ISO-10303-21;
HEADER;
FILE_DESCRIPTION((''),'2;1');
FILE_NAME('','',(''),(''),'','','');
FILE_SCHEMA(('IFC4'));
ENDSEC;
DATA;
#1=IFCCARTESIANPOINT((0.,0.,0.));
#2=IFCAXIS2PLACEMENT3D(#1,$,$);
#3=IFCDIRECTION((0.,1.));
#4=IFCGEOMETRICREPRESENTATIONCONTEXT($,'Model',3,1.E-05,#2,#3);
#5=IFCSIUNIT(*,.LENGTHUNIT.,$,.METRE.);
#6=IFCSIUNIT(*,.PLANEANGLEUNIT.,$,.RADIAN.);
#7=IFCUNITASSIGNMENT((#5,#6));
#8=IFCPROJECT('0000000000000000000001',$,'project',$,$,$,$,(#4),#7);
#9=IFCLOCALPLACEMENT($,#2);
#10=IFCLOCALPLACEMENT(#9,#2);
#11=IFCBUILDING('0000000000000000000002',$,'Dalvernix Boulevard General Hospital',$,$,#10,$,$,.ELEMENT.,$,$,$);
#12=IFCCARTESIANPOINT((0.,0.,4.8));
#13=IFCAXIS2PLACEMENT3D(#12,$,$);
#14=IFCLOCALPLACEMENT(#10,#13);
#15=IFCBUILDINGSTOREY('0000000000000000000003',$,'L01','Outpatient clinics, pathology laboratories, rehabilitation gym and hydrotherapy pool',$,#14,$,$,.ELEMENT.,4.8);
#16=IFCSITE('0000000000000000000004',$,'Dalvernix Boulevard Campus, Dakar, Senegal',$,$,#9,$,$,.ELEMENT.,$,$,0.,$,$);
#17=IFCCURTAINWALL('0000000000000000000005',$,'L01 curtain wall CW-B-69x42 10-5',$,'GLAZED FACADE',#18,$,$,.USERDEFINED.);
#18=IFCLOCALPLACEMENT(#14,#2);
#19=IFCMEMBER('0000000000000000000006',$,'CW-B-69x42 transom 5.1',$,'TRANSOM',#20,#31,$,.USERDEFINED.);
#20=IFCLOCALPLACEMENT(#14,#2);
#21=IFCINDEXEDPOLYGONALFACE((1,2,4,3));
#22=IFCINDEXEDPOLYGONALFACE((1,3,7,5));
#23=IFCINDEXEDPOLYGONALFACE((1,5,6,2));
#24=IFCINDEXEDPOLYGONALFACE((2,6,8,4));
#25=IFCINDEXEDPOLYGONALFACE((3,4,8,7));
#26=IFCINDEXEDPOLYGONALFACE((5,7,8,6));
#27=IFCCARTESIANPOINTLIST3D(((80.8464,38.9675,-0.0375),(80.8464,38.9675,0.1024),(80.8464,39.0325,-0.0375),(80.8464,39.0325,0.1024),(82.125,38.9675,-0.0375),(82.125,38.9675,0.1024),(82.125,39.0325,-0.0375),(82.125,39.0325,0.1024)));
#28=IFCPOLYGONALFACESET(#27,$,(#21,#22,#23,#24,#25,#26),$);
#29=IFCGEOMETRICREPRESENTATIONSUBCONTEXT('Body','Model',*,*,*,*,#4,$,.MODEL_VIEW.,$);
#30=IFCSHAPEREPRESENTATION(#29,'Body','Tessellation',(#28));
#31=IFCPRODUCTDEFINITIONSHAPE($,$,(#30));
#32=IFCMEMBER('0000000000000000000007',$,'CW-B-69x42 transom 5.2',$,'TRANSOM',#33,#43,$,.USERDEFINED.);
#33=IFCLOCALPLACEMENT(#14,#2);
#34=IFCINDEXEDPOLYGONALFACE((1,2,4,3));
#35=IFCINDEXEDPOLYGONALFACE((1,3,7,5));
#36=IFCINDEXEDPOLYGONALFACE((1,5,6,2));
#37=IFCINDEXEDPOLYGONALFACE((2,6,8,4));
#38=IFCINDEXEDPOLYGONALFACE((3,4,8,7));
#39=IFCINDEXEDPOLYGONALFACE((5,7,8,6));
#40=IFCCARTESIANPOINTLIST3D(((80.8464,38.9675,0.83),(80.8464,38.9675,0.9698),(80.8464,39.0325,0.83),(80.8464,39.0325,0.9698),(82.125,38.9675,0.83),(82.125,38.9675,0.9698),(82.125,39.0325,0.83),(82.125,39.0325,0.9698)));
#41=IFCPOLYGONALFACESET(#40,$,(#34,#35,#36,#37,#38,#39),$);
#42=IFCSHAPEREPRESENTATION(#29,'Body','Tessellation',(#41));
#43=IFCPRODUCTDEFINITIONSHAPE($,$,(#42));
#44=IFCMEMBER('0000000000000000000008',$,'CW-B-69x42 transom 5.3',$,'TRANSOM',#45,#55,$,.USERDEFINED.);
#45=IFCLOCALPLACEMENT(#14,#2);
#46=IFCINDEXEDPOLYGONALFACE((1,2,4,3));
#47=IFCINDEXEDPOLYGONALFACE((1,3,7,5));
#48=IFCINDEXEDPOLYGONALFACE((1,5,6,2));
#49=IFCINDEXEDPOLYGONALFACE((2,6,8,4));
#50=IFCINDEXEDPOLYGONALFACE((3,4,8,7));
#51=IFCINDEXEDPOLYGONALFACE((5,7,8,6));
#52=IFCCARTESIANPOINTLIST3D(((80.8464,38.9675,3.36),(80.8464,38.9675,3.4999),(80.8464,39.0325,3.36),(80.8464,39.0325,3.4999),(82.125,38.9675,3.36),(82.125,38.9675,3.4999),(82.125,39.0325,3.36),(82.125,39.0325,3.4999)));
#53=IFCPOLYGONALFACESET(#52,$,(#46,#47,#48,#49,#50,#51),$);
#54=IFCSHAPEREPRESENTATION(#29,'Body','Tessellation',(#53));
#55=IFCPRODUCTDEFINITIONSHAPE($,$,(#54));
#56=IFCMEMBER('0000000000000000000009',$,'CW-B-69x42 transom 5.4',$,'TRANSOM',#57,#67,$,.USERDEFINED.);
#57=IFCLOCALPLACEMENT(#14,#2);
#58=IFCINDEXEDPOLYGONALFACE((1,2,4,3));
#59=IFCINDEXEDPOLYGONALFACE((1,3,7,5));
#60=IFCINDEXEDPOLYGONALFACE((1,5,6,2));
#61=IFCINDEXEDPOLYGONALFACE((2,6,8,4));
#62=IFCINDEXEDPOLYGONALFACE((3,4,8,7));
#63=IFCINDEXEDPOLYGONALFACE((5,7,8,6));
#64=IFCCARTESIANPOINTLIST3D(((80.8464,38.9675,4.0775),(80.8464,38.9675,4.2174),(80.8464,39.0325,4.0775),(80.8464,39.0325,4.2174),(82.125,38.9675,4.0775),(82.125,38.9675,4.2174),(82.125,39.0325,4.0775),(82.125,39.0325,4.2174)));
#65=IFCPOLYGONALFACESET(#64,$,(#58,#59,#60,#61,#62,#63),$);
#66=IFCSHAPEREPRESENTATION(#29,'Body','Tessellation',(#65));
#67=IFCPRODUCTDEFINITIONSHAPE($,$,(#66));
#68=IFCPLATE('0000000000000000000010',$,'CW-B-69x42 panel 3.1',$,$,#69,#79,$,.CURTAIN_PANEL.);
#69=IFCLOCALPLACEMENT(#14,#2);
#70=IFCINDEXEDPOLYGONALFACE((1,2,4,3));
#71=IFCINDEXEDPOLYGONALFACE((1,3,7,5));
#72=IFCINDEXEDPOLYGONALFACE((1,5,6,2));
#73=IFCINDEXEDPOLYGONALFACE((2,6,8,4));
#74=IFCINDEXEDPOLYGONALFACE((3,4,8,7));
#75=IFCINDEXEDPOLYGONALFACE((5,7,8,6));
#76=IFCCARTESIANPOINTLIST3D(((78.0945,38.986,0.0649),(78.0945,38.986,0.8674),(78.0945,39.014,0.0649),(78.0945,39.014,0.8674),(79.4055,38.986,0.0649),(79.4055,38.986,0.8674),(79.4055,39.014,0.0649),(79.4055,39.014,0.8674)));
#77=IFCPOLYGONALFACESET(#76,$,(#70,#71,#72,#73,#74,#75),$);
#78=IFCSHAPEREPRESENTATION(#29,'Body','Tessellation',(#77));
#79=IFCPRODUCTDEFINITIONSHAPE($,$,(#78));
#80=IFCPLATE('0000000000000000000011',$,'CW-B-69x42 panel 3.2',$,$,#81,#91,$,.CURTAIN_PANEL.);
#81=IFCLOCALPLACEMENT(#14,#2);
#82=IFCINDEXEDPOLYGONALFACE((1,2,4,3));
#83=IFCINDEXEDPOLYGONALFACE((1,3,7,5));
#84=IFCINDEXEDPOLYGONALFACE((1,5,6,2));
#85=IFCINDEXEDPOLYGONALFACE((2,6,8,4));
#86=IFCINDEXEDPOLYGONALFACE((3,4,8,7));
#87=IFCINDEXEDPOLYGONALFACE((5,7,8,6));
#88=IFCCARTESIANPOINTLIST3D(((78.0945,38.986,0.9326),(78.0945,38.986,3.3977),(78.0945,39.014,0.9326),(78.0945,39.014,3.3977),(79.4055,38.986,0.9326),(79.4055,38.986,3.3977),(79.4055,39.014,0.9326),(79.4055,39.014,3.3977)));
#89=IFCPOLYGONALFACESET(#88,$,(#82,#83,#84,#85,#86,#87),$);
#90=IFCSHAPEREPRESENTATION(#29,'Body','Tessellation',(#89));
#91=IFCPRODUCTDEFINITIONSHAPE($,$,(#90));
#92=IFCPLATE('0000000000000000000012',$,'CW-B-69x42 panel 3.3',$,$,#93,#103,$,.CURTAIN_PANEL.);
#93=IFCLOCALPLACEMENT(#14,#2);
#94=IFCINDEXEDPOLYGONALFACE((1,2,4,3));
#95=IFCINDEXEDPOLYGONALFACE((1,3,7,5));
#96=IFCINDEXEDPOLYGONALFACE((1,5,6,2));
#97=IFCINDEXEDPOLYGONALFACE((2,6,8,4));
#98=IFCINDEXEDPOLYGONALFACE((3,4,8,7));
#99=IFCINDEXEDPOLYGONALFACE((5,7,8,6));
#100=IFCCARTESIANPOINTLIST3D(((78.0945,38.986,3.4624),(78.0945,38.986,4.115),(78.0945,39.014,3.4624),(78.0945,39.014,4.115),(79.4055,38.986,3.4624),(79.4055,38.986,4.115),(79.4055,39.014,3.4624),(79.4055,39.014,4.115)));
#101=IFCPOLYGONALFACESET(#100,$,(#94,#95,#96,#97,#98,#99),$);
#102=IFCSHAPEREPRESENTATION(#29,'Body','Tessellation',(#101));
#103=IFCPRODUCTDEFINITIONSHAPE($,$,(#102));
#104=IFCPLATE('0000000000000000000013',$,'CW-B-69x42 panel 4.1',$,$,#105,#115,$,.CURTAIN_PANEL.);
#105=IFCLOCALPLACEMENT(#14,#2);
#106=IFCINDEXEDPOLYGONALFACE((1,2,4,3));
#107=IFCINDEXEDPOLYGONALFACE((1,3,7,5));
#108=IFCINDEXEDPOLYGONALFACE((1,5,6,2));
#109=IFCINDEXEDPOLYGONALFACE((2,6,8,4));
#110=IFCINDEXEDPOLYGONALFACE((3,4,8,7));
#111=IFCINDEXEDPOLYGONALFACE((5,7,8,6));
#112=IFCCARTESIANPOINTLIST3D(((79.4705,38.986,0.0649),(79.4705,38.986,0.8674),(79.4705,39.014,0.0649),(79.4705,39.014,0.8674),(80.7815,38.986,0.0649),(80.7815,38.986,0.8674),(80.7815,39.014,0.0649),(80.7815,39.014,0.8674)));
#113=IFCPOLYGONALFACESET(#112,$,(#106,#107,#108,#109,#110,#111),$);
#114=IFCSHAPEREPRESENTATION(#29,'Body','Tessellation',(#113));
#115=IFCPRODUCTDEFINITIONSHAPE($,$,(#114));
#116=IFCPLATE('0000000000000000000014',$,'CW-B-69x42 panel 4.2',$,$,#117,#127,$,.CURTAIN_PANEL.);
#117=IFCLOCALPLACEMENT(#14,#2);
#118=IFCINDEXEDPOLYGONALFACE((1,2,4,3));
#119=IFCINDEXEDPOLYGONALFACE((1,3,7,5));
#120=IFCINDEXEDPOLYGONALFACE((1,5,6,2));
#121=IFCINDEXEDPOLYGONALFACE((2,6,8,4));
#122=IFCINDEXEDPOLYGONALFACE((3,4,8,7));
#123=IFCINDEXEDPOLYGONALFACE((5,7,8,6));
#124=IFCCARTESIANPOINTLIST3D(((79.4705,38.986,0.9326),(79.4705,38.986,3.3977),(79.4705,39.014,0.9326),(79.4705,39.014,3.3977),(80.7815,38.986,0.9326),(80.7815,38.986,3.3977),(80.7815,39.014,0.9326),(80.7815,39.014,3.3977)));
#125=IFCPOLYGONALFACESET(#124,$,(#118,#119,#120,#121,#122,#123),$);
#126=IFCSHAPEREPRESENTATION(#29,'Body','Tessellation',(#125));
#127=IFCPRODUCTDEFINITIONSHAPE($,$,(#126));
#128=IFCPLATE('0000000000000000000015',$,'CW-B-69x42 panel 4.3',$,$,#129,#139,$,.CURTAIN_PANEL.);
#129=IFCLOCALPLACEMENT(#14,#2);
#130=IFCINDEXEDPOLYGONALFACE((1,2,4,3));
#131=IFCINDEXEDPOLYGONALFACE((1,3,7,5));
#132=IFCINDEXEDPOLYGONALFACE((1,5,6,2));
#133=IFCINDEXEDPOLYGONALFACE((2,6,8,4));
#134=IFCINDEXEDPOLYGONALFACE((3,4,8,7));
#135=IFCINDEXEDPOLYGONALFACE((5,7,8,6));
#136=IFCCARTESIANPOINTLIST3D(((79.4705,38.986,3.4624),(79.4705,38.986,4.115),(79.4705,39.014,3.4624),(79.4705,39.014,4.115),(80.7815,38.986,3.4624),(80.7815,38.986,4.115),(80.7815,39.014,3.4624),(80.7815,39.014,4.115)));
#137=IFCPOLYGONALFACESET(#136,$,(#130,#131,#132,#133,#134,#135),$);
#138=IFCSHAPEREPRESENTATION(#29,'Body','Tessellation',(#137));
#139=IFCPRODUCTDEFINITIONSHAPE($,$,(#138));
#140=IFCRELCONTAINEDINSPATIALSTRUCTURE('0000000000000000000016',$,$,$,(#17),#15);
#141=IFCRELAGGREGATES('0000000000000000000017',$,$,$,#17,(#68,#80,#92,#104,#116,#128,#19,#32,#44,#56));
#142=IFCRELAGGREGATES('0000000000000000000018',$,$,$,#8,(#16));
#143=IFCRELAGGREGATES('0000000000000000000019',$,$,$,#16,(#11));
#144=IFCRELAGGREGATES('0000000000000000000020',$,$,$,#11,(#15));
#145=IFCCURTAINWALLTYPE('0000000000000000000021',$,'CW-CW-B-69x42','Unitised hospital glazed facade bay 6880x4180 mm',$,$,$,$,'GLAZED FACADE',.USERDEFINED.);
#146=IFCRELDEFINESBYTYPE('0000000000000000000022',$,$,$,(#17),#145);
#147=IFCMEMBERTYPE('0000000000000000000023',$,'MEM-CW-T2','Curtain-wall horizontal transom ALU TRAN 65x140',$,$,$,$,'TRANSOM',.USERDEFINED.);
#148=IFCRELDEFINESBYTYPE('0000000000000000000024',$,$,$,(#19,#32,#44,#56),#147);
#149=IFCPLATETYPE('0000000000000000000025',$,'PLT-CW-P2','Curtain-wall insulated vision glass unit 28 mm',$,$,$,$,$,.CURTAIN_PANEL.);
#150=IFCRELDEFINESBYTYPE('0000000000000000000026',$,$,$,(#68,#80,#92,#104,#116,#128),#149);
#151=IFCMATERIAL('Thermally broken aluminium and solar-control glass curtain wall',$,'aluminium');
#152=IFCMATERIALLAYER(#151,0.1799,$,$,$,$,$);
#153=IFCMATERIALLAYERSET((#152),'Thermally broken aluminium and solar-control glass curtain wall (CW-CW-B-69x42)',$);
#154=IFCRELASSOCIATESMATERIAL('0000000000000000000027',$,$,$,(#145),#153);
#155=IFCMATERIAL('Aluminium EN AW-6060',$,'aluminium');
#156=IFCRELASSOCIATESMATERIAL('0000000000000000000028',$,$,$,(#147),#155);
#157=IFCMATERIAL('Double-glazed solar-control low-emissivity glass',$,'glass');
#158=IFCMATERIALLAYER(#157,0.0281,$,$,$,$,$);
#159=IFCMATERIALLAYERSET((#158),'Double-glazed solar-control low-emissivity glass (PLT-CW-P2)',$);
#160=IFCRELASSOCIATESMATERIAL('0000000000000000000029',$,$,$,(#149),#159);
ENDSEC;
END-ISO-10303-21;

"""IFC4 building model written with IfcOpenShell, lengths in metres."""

from ifc_helpers import new_model, si_unit, direction, frame, origin, origin_2d, place, context, subcontext, project, spatial, rectangle, extrude, material, layer, layer_set, material_profile, profile_set, type_object, element, aggregate, save


model = new_model("IFC4")

# Units and contexts
model_context = context("Model", 3, precision=1e-05, world=origin(), true_north=direction((0.0, 1.0)))
body_context = subcontext(model_context, "Body", "Model", "MODEL_VIEW")
ifc_project = project(units=[si_unit("LENGTHUNIT", "METRE"), si_unit("PLANEANGLEUNIT", "RADIAN")], contexts=[model_context])

# Site, building, storey
site_placement = place(None, origin())
site = spatial("IfcSite", under=ifc_project, at=site_placement, Name="Dalvernix Boulevard Campus, Dakar, Senegal", CompositionType="ELEMENT", RefElevation=0.0)
building_placement = place(site_placement, origin())
building = spatial("IfcBuilding", under=site, at=building_placement, Name="Dalvernix Boulevard General Hospital", CompositionType="ELEMENT")
storey_placement = place(building_placement, frame((0.0, 0.0, 4.8)))
storey = spatial("IfcBuildingStorey", under=building, at=storey_placement, Name="L01", Description="Outpatient clinics, pathology laboratories, rehabilitation gym and hydrotherapy pool", CompositionType="ELEMENT", Elevation=4.8)

# Curtain wall, members, plates
ifc_material_1 = material(Name="Thermally broken aluminium and solar-control glass curtain wall", Category="aluminium")
ifc_layer_1 = layer(ifc_material_1, 0.1799)
ifc_layer_set_1 = layer_set([ifc_layer_1], Name="Thermally broken aluminium and solar-control glass curtain wall (CW-CW-B-69x42)")
curtain_wall_type = type_object("IfcCurtainWallType", Name="CW-CW-B-69x42", Description="Unitised hospital glazed facade bay 6880x4180 mm", ElementType="GLAZED FACADE", PredefinedType="USERDEFINED", material=ifc_layer_set_1)
curtain_wall_placement = place(storey_placement, origin())
curtain_wall = element("IfcCurtainWall", 1, at=curtain_wall_placement, inside=storey, type_object=curtain_wall_type, Name="L01 curtain wall CW-B-69x42 10-5", ObjectType="GLAZED FACADE", PredefinedType="USERDEFINED")
ifc_material_2 = material(Name="Aluminium EN AW-6060", Category="aluminium")
ifc_material_profile_1 = material_profile(ifc_material_2, rectangle(XDim=0.0649, YDim=0.1399, at=origin_2d()), Name="ALU TRAN 65x140")
ifc_profile_set_1 = profile_set([ifc_material_profile_1], Name="Aluminium EN AW-6060")
member_type_1 = type_object("IfcMemberType", Name="MEM-CW-T2", Description="Curtain-wall horizontal transom ALU TRAN 65x140", ElementType="TRANSOM", PredefinedType="USERDEFINED", material=ifc_profile_set_1)
member_1_placement = place(storey_placement, frame((80.8464, 39.0, 0.0325), z_axis=(1.0, 0.0, 0.0), x_axis=(0.0, 1.0, 0.0)))
member_1 = element("IfcMember", 2, at=member_1_placement, type_object=member_type_1, Name="CW-B-69x42 transom 5.1", ObjectType="TRANSOM", PredefinedType="USERDEFINED", context=body_context, shape_type="SweptSolid", body=[
    extrude(rectangle(XDim=0.0649, YDim=0.1399, at=origin_2d()), origin(), (0.0, 0.0, 1.0), 1.2786),
])
member_2_placement = place(storey_placement, frame((80.8464, 39.0, 0.8999), z_axis=(1.0, 0.0, 0.0), x_axis=(0.0, 1.0, 0.0)))
member_2 = element("IfcMember", 3, at=member_2_placement, type_object=member_type_1, Name="CW-B-69x42 transom 5.2", ObjectType="TRANSOM", PredefinedType="USERDEFINED", context=body_context, shape_type="SweptSolid", body=[
    extrude(rectangle(XDim=0.0649, YDim=0.1399, at=origin_2d()), origin(), (0.0, 0.0, 1.0), 1.2786),
])
member_3_placement = place(storey_placement, frame((80.8464, 39.0, 3.4299), z_axis=(1.0, 0.0, 0.0), x_axis=(0.0, 1.0, 0.0)))
member_3 = element("IfcMember", 4, at=member_3_placement, type_object=member_type_1, Name="CW-B-69x42 transom 5.3", ObjectType="TRANSOM", PredefinedType="USERDEFINED", context=body_context, shape_type="SweptSolid", body=[
    extrude(rectangle(XDim=0.0649, YDim=0.1399, at=origin_2d()), origin(), (0.0, 0.0, 1.0), 1.2786),
])
member_4_placement = place(storey_placement, frame((80.8464, 39.0, 4.1475), z_axis=(1.0, 0.0, 0.0), x_axis=(0.0, 1.0, 0.0)))
member_4 = element("IfcMember", 5, at=member_4_placement, type_object=member_type_1, Name="CW-B-69x42 transom 5.4", ObjectType="TRANSOM", PredefinedType="USERDEFINED", context=body_context, shape_type="SweptSolid", body=[
    extrude(rectangle(XDim=0.0649, YDim=0.1399, at=origin_2d()), origin(), (0.0, 0.0, 1.0), 1.2786),
])
ifc_material_3 = material(Name="Double-glazed solar-control low-emissivity glass", Category="glass")
ifc_layer_2 = layer(ifc_material_3, 0.0281)
ifc_layer_set_2 = layer_set([ifc_layer_2], Name="Double-glazed solar-control low-emissivity glass (PLT-CW-P2)")
plate_type = type_object("IfcPlateType", Name="PLT-CW-P2", Description="Curtain-wall insulated vision glass unit 28 mm", PredefinedType="CURTAIN_PANEL", material=ifc_layer_set_2)
plate_1_placement = place(storey_placement, frame((78.75, 39.0, 0.0649), z_axis=(0.0, 0.0, 1.0), x_axis=(1.0, 0.0, 0.0)))
plate_1 = element("IfcPlate", 6, at=plate_1_placement, type_object=plate_type, Name="CW-B-69x42 panel 3.1", PredefinedType="CURTAIN_PANEL", context=body_context, shape_type="SweptSolid", body=[
    extrude(rectangle(XDim=1.311, YDim=0.0281, at=origin_2d()), origin(), (0.0, 0.0, 1.0), 0.8025),
])
plate_2_placement = place(storey_placement, frame((78.75, 39.0, 0.9326), z_axis=(0.0, 0.0, 1.0), x_axis=(1.0, 0.0, 0.0)))
plate_2 = element("IfcPlate", 7, at=plate_2_placement, type_object=plate_type, Name="CW-B-69x42 panel 3.2", PredefinedType="CURTAIN_PANEL", context=body_context, shape_type="SweptSolid", body=[
    extrude(rectangle(XDim=1.311, YDim=0.0281, at=origin_2d()), origin(), (0.0, 0.0, 1.0), 2.4651),
])
plate_3_placement = place(storey_placement, frame((78.75, 39.0, 3.4624), z_axis=(0.0, 0.0, 1.0), x_axis=(1.0, 0.0, 0.0)))
plate_3 = element("IfcPlate", 8, at=plate_3_placement, type_object=plate_type, Name="CW-B-69x42 panel 3.3", PredefinedType="CURTAIN_PANEL", context=body_context, shape_type="SweptSolid", body=[
    extrude(rectangle(XDim=1.311, YDim=0.0281, at=origin_2d()), origin(), (0.0, 0.0, 1.0), 0.6526),
])
plate_4_placement = place(storey_placement, frame((80.126, 39.0, 0.0649), z_axis=(0.0, 0.0, 1.0), x_axis=(1.0, 0.0, 0.0)))
plate_4 = element("IfcPlate", 9, at=plate_4_placement, type_object=plate_type, Name="CW-B-69x42 panel 4.1", PredefinedType="CURTAIN_PANEL", context=body_context, shape_type="SweptSolid", body=[
    extrude(rectangle(XDim=1.311, YDim=0.0281, at=origin_2d()), origin(), (0.0, 0.0, 1.0), 0.8025),
])
plate_5_placement = place(storey_placement, frame((80.126, 39.0, 0.9326), z_axis=(0.0, 0.0, 1.0), x_axis=(1.0, 0.0, 0.0)))
plate_5 = element("IfcPlate", 10, at=plate_5_placement, type_object=plate_type, Name="CW-B-69x42 panel 4.2", PredefinedType="CURTAIN_PANEL", context=body_context, shape_type="SweptSolid", body=[
    extrude(rectangle(XDim=1.311, YDim=0.0281, at=origin_2d()), origin(), (0.0, 0.0, 1.0), 2.4651),
])
plate_6_placement = place(storey_placement, frame((80.126, 39.0, 3.4624), z_axis=(0.0, 0.0, 1.0), x_axis=(1.0, 0.0, 0.0)))
plate_6 = element("IfcPlate", 11, at=plate_6_placement, type_object=plate_type, Name="CW-B-69x42 panel 4.3", PredefinedType="CURTAIN_PANEL", context=body_context, shape_type="SweptSolid", body=[
    extrude(rectangle(XDim=1.311, YDim=0.0281, at=origin_2d()), origin(), (0.0, 0.0, 1.0), 0.6526),
])
aggregate(curtain_wall, [plate_1, plate_2, plate_3, plate_4, plate_5, plate_6, member_1, member_2, member_3, member_4])

save(model, "model.ifc")
